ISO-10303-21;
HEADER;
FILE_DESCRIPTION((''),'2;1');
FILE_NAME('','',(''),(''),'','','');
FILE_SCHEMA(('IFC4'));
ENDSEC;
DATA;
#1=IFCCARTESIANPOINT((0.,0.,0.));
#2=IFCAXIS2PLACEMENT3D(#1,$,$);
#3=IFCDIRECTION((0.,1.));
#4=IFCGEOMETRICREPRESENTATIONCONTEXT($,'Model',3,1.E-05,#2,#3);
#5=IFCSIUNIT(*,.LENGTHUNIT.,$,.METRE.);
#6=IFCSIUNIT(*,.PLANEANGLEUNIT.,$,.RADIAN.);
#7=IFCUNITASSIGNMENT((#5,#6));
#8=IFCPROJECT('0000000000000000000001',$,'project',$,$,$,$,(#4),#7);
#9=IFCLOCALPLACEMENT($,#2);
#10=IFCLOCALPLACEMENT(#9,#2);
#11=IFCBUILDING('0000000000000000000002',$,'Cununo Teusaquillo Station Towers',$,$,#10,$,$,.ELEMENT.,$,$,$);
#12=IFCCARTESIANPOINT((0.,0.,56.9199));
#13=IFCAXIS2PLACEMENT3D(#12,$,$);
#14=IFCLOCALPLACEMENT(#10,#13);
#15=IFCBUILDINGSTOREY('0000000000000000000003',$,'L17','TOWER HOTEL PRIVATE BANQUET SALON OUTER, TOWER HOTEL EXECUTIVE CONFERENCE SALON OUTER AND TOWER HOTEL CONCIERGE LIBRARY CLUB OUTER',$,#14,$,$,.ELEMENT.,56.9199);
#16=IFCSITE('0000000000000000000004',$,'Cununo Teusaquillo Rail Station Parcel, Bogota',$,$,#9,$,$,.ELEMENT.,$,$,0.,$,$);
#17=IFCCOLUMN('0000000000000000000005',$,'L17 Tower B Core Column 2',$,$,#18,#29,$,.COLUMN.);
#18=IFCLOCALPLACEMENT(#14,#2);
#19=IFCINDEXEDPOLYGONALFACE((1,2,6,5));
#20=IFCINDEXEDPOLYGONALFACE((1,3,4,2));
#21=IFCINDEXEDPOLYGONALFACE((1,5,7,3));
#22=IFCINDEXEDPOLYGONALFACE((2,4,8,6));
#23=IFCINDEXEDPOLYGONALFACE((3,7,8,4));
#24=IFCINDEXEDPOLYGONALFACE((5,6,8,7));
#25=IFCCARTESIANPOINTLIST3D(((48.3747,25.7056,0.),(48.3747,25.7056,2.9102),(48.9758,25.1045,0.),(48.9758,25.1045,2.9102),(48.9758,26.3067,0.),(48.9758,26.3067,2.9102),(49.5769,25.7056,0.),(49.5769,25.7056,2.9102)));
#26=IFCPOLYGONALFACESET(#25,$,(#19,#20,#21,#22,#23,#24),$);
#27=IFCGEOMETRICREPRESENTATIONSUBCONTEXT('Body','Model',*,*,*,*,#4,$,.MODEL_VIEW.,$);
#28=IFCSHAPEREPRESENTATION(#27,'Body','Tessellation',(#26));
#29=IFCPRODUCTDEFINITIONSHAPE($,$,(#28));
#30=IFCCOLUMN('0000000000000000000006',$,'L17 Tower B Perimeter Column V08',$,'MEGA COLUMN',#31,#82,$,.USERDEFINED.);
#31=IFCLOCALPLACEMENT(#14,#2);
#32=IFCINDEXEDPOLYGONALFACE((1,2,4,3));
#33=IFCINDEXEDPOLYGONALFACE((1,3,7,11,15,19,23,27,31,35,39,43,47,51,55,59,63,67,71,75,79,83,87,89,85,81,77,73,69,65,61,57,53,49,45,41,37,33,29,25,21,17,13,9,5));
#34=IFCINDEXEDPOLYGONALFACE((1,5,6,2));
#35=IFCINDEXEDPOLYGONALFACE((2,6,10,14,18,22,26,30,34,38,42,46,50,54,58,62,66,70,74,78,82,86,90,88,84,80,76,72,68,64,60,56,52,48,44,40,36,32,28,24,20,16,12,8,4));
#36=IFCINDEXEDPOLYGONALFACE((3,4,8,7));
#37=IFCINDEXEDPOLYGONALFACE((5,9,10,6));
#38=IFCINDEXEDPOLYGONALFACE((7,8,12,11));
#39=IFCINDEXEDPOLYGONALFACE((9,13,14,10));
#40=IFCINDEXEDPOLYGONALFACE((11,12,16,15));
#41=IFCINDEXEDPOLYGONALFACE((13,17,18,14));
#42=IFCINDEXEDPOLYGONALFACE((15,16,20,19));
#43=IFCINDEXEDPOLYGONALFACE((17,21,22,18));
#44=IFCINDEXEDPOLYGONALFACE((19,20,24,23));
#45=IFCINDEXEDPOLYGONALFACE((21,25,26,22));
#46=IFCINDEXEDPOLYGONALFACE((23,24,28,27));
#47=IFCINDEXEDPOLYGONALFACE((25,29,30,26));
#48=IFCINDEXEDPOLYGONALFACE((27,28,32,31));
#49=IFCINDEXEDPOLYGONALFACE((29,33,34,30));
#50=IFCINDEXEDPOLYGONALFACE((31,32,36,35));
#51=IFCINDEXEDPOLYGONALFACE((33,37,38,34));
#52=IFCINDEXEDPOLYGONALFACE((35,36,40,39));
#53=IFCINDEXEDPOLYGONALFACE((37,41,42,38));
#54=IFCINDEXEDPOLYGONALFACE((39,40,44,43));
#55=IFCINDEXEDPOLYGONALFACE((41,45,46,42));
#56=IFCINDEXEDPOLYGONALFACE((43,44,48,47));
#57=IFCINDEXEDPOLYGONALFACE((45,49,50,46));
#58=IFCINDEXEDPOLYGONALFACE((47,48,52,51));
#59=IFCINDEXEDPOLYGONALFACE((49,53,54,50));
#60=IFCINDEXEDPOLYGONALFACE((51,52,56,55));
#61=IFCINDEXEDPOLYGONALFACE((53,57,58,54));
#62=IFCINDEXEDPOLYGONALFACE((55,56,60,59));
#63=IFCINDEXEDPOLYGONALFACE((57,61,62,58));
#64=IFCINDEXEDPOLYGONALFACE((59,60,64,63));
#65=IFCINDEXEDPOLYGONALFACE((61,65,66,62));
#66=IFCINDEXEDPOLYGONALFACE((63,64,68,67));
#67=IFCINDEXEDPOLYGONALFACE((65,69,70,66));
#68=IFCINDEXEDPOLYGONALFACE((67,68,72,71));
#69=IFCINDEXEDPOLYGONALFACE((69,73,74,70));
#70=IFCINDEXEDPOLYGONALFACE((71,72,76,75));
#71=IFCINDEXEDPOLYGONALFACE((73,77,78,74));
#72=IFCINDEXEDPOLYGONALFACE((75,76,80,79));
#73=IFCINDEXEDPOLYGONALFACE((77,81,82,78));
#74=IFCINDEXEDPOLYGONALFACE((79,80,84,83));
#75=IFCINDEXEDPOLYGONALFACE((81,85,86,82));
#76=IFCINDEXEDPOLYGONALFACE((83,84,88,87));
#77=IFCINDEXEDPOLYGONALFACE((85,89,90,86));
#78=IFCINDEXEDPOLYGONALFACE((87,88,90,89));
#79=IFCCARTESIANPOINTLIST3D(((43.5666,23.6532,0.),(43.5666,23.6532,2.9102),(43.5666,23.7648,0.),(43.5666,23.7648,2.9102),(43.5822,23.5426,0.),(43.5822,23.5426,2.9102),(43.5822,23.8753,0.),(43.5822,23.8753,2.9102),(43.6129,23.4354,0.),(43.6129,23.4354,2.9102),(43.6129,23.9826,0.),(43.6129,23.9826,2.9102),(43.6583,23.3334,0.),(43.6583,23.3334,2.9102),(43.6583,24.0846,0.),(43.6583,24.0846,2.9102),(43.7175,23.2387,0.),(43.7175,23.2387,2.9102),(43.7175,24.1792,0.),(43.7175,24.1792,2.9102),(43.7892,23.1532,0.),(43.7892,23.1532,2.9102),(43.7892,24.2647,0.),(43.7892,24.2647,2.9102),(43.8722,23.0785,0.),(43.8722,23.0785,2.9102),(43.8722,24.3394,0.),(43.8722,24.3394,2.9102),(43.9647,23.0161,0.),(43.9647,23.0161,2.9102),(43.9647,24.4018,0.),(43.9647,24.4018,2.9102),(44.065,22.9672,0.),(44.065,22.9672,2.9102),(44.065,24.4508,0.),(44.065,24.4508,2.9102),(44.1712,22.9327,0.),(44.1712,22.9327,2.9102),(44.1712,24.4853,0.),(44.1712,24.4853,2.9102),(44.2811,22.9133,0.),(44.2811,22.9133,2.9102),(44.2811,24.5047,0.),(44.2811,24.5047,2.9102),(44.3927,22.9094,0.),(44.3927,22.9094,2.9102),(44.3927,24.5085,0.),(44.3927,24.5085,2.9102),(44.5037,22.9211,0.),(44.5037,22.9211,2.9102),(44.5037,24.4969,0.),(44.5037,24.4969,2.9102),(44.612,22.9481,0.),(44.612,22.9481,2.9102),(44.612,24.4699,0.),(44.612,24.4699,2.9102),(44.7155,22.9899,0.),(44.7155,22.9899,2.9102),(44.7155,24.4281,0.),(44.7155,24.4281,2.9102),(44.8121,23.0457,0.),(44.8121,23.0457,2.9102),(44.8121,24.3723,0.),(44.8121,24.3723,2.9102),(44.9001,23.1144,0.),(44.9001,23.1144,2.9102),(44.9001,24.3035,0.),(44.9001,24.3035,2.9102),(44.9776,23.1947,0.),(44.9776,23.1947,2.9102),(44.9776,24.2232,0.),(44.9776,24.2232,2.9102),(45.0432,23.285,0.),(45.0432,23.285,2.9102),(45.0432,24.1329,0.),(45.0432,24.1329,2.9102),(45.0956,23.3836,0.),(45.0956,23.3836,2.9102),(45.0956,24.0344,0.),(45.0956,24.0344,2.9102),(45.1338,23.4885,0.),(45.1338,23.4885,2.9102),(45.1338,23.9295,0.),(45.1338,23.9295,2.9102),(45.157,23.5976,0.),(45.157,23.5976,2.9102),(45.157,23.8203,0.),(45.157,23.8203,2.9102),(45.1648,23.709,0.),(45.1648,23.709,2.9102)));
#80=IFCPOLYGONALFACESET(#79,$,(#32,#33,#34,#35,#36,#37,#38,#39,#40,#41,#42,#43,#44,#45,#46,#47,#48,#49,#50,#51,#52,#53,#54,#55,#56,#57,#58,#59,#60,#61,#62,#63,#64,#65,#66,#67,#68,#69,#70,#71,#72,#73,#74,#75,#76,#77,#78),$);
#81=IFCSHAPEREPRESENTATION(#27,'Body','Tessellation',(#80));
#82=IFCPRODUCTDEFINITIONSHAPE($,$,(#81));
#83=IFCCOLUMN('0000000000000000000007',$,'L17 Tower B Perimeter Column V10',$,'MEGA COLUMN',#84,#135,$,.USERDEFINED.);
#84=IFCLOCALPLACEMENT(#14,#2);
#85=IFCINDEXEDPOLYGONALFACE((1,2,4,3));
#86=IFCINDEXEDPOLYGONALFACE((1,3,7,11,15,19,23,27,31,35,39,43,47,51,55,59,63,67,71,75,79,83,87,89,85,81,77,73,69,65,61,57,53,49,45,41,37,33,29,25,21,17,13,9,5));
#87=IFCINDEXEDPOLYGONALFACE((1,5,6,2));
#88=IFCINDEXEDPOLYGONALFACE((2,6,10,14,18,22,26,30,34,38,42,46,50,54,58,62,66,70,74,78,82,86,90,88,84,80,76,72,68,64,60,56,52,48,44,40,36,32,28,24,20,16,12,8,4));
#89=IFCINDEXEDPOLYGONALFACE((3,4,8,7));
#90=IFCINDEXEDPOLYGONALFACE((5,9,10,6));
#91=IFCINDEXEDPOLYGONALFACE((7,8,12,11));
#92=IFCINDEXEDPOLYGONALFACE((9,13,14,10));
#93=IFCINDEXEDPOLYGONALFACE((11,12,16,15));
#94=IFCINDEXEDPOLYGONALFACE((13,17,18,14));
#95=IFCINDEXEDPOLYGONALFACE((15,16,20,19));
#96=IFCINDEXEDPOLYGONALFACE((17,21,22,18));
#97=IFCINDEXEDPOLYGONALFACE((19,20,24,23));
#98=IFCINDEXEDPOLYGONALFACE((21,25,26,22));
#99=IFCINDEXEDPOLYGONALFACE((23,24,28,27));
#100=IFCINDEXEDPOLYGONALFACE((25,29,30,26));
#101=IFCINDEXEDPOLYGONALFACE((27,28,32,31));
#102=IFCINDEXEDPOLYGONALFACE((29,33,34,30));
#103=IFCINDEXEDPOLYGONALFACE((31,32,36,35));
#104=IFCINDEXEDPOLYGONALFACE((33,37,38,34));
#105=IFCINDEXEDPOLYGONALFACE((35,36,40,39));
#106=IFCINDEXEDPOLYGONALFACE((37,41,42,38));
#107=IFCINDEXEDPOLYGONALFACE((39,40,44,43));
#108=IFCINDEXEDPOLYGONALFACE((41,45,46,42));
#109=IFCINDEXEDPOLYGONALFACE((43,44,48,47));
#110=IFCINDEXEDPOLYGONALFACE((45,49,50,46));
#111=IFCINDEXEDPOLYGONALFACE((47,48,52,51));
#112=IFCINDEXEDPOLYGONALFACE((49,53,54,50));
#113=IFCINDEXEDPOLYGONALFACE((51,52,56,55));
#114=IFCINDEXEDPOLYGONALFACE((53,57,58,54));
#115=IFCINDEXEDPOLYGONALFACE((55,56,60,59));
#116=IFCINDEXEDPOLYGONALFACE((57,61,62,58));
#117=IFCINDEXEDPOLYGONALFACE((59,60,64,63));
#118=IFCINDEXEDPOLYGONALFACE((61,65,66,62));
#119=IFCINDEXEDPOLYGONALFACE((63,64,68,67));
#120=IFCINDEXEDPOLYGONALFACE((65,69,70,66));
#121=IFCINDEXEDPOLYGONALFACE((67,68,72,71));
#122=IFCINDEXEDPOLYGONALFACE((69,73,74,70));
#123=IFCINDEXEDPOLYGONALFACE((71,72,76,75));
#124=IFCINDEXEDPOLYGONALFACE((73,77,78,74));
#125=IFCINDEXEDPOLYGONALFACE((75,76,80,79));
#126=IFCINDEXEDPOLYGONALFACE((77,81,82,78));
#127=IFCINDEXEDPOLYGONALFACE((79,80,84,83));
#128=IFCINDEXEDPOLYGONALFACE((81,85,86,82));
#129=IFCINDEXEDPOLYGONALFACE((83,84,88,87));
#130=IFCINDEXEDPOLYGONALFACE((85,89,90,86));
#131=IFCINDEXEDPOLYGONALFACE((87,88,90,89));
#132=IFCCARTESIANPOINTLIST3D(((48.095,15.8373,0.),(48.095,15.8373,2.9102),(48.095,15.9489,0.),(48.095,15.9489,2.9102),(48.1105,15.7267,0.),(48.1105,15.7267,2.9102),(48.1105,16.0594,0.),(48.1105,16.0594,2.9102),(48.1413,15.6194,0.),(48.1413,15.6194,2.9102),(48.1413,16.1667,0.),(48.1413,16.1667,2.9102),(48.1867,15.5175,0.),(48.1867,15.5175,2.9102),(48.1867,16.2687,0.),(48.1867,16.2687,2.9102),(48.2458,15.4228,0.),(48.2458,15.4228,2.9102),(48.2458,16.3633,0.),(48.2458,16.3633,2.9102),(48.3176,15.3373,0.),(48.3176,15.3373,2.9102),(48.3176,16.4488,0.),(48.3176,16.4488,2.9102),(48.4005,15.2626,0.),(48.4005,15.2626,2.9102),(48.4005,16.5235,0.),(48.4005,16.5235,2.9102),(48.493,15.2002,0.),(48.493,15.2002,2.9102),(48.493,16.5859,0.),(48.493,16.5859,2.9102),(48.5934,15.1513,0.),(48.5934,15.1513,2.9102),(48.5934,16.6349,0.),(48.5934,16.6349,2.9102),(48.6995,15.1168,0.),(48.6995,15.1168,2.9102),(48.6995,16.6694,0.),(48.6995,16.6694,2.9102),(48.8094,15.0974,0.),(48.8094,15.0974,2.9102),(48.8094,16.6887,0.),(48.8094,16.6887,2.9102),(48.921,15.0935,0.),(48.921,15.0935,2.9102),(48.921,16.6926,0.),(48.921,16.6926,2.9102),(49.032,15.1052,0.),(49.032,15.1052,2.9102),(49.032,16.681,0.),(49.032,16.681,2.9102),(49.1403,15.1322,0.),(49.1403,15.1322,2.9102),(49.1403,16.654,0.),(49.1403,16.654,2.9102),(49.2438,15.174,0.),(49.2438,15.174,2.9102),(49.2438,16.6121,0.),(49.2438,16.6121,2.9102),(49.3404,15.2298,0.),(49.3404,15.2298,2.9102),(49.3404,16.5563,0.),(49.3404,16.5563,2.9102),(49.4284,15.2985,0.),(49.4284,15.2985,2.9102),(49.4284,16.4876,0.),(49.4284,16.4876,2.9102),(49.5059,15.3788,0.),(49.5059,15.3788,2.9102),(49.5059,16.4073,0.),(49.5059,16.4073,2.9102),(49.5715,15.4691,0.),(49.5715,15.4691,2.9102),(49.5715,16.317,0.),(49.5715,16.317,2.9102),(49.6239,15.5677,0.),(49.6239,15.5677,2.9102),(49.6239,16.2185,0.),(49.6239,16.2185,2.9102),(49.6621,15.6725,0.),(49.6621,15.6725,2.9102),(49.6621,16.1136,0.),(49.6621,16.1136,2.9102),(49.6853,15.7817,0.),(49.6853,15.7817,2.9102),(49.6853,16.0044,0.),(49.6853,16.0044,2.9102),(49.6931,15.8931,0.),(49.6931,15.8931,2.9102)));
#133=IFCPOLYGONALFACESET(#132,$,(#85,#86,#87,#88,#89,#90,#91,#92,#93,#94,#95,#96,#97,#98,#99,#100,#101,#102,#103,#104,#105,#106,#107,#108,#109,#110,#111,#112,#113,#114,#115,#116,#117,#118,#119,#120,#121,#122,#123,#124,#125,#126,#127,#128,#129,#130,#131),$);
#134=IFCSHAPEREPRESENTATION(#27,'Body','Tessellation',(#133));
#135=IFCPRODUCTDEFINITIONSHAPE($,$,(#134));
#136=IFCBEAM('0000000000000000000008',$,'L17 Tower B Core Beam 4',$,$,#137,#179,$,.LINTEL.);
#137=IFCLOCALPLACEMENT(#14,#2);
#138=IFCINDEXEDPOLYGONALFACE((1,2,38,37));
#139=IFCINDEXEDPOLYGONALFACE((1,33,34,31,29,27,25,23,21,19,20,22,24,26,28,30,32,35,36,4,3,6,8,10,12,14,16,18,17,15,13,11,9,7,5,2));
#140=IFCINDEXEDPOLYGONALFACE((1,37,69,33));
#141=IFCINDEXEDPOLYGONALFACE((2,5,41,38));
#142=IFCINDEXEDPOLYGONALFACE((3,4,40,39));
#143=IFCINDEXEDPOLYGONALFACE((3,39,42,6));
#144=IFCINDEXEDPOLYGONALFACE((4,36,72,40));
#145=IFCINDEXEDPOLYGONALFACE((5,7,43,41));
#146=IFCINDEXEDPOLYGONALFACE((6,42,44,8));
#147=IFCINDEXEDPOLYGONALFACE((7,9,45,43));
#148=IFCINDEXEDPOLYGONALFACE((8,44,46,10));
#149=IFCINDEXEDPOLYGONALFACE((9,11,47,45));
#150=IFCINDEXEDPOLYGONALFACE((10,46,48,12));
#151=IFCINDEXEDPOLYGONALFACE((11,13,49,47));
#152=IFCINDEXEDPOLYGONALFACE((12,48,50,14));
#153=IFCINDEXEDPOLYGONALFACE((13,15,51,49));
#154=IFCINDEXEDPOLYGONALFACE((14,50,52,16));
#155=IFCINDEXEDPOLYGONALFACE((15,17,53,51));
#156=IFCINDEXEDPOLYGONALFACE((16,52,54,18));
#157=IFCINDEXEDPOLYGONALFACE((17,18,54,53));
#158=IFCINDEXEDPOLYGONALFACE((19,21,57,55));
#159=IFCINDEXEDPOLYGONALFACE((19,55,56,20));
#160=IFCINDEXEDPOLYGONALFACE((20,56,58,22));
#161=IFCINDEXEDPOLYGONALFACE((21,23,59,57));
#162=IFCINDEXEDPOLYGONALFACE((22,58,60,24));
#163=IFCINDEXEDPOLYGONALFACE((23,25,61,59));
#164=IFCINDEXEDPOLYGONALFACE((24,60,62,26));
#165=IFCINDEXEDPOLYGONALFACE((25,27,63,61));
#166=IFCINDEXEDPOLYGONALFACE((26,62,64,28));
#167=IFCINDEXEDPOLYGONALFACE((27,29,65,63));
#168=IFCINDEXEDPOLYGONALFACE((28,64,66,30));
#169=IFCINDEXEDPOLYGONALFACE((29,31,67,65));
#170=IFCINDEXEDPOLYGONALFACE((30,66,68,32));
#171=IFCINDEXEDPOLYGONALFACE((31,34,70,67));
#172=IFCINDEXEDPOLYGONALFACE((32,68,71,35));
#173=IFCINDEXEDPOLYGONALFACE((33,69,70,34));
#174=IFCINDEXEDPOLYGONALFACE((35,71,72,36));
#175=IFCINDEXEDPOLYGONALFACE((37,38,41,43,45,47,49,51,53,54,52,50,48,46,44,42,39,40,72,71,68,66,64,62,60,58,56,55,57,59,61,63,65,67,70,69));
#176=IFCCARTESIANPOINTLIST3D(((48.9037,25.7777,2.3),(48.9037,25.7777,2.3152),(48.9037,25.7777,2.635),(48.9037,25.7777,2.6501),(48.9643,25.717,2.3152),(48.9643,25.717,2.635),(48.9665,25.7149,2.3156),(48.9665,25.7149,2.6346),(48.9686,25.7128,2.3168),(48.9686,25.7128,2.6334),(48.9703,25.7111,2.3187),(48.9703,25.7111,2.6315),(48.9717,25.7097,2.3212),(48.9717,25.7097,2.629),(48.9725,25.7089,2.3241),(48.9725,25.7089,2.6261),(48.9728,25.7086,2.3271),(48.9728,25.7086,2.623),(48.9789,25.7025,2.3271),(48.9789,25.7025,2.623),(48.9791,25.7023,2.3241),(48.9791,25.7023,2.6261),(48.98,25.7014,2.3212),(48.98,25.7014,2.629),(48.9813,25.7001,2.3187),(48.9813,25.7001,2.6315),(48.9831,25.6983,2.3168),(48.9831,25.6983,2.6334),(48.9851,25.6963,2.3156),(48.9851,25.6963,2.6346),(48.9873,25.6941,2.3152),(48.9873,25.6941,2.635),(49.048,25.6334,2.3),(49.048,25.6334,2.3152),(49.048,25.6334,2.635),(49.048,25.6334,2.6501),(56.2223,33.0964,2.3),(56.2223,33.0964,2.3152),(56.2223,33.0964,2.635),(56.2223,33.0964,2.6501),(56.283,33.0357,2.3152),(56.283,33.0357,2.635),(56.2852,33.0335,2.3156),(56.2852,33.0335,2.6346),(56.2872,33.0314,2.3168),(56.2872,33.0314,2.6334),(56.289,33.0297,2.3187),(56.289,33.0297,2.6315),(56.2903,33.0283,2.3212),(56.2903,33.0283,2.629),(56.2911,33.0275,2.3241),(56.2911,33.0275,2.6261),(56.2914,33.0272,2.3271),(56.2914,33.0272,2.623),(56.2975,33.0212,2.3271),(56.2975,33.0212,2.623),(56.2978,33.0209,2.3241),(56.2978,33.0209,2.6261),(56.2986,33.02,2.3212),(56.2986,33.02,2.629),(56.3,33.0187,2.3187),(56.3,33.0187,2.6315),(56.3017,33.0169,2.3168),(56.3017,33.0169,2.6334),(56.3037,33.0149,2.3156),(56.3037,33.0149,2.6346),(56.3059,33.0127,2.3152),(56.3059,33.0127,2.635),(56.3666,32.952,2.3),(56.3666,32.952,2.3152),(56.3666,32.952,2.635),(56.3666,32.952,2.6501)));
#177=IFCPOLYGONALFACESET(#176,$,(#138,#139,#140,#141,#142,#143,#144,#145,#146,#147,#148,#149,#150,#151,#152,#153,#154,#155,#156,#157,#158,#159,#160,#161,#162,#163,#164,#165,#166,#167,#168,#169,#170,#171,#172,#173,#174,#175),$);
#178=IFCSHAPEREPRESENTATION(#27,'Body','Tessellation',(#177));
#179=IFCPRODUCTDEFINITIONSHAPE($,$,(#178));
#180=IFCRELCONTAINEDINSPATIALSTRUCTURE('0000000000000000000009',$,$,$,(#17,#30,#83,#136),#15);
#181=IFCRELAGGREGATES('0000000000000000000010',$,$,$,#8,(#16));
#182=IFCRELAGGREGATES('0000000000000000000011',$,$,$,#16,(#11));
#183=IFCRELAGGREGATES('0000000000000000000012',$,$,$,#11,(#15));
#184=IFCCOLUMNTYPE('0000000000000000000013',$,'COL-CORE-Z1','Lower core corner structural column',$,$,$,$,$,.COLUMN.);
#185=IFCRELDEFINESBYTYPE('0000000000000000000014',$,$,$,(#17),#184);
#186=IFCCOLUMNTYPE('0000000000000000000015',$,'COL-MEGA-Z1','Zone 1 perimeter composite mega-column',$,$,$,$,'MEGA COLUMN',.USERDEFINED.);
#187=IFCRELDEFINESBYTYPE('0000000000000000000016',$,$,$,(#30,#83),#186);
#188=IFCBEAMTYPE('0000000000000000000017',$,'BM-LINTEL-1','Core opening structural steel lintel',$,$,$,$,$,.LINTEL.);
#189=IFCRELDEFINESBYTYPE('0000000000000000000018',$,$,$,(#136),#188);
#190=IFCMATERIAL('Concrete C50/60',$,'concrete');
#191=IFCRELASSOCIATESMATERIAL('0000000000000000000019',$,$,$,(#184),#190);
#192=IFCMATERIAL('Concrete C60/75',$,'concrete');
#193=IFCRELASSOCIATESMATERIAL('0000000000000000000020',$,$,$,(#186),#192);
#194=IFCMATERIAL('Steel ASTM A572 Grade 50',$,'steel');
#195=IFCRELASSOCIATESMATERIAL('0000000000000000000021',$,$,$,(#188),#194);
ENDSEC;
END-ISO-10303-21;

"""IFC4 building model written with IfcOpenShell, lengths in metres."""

from ifc_helpers import new_model, si_unit, direction, frame, origin, origin_2d, place, context, subcontext, project, spatial, rectangle, circle, i_section, extrude, material, material_profile, profile_set, type_object, element, save


model = new_model("IFC4")

# Units and contexts
model_context = context("Model", 3, precision=1e-05, world=origin(), true_north=direction((0.0, 1.0)))
body_context = subcontext(model_context, "Body", "Model", "MODEL_VIEW")
ifc_project = project(units=[si_unit("LENGTHUNIT", "METRE"), si_unit("PLANEANGLEUNIT", "RADIAN")], contexts=[model_context])

# Site, building, storey
site_placement = place(None, origin())
site = spatial("IfcSite", under=ifc_project, at=site_placement, Name="Cununo Teusaquillo Rail Station Parcel, Bogota", CompositionType="ELEMENT", RefElevation=0.0)
building_placement = place(site_placement, origin())
building = spatial("IfcBuilding", under=site, at=building_placement, Name="Cununo Teusaquillo Station Towers", CompositionType="ELEMENT")
storey_placement = place(building_placement, frame((0.0, 0.0, 56.9199)))
storey = spatial("IfcBuildingStorey", under=building, at=storey_placement, Name="L17", Description="TOWER HOTEL PRIVATE BANQUET SALON OUTER, TOWER HOTEL EXECUTIVE CONFERENCE SALON OUTER AND TOWER HOTEL CONCIERGE LIBRARY CLUB OUTER", CompositionType="ELEMENT", Elevation=56.9199)

# Columns
ifc_material_1 = material(Name="Concrete C50/60", Category="concrete")
ifc_material_profile_1 = material_profile(ifc_material_1, rectangle(XDim=0.8501, YDim=0.8501, at=origin_2d()), Name="RC-RECT-850x850")
ifc_profile_set_1 = profile_set([ifc_material_profile_1], Name="Concrete C50/60")
column_type_1 = type_object("IfcColumnType", Name="COL-CORE-Z1", Description="Lower core corner structural column", PredefinedType="COLUMN", material=ifc_profile_set_1)
column_placement = place(storey_placement, frame((48.9758, 25.7056, 0.0), z_axis=(0.0, 0.0, 1.0), x_axis=(0.707107, 0.707107, 0.0)))
element("IfcColumn", 1, at=column_placement, inside=storey, type_object=column_type_1, Name="L17 Tower B Core Column 2", PredefinedType="COLUMN", context=body_context, shape_type="SweptSolid", body=[
    extrude(rectangle(XDim=0.8501, YDim=0.8501, at=origin_2d()), origin(), (0.0, 0.0, 1.0), 2.9102),
])
ifc_material_2 = material(Name="Concrete C60/75", Category="concrete")
ifc_material_profile_2 = material_profile(ifc_material_2, circle(Radius=0.8, at=origin_2d()), Name="RC-CIRC-1600")
ifc_profile_set_2 = profile_set([ifc_material_profile_2], Name="Concrete C60/75")
column_type_2 = type_object("IfcColumnType", Name="COL-MEGA-Z1", Description="Zone 1 perimeter composite mega-column", ElementType="MEGA COLUMN", PredefinedType="USERDEFINED", material=ifc_profile_set_2)
for number, where, z_axis, x_axis, name in (
    (2, (44.3647, 23.709, 0.0), (0.0, 0.0, 1.0), (1.0, 0.0, 0.0), "L17 Tower B Perimeter Column V08"),
    (3, (48.8931, 15.8931, 0.0), (0.0, 0.0, 1.0), (1.0, 0.0, 0.0), "L17 Tower B Perimeter Column V10"),
):
    element("IfcColumn", number, at=place(storey_placement, frame(where, z_axis=z_axis, x_axis=x_axis)), inside=storey, type_object=column_type_2, Name=name, ObjectType="MEGA COLUMN", PredefinedType="USERDEFINED", context=body_context, shape_type="SweptSolid", body=[
        extrude(circle(Radius=0.8, at=origin_2d()), origin(), (0.0, 0.0, 1.0), 2.9102),
    ])

# Beam
ifc_material_3 = material(Name="Steel ASTM A572 Grade 50", Category="steel")
ifc_material_profile_3 = material_profile(ifc_material_3, i_section(OverallWidth=0.2041, OverallDepth=0.3501, WebThickness=0.0085, FlangeThickness=0.0151, FilletRadius=0.012, at=origin_2d()), Name="W14X48")
ifc_profile_set_3 = profile_set([ifc_material_profile_3], Name="Steel ASTM A572 Grade 50")
beam_type_1 = type_object("IfcBeamType", Name="BM-LINTEL-1", Description="Core opening structural steel lintel", PredefinedType="LINTEL", material=ifc_profile_set_3)
beam_1_placement = place(storey_placement, frame((48.9758, 25.7056, 2.4751), z_axis=(0.707107, 0.707107, 0.0), x_axis=(-0.707107, 0.707107, 0.0)))
element("IfcBeam", 4, at=beam_1_placement, inside=storey, type_object=beam_type_1, Name="L17 Tower B Core Beam 4", PredefinedType="LINTEL", context=body_context, shape_type="SweptSolid", body=[
    extrude(i_section(OverallWidth=0.2041, OverallDepth=0.3501, WebThickness=0.0085, FlangeThickness=0.0151, FilletRadius=0.012, at=origin_2d()), origin(), (0.0, 0.0, 1.0), 10.3501),
])

save(model, "model.ifc")
